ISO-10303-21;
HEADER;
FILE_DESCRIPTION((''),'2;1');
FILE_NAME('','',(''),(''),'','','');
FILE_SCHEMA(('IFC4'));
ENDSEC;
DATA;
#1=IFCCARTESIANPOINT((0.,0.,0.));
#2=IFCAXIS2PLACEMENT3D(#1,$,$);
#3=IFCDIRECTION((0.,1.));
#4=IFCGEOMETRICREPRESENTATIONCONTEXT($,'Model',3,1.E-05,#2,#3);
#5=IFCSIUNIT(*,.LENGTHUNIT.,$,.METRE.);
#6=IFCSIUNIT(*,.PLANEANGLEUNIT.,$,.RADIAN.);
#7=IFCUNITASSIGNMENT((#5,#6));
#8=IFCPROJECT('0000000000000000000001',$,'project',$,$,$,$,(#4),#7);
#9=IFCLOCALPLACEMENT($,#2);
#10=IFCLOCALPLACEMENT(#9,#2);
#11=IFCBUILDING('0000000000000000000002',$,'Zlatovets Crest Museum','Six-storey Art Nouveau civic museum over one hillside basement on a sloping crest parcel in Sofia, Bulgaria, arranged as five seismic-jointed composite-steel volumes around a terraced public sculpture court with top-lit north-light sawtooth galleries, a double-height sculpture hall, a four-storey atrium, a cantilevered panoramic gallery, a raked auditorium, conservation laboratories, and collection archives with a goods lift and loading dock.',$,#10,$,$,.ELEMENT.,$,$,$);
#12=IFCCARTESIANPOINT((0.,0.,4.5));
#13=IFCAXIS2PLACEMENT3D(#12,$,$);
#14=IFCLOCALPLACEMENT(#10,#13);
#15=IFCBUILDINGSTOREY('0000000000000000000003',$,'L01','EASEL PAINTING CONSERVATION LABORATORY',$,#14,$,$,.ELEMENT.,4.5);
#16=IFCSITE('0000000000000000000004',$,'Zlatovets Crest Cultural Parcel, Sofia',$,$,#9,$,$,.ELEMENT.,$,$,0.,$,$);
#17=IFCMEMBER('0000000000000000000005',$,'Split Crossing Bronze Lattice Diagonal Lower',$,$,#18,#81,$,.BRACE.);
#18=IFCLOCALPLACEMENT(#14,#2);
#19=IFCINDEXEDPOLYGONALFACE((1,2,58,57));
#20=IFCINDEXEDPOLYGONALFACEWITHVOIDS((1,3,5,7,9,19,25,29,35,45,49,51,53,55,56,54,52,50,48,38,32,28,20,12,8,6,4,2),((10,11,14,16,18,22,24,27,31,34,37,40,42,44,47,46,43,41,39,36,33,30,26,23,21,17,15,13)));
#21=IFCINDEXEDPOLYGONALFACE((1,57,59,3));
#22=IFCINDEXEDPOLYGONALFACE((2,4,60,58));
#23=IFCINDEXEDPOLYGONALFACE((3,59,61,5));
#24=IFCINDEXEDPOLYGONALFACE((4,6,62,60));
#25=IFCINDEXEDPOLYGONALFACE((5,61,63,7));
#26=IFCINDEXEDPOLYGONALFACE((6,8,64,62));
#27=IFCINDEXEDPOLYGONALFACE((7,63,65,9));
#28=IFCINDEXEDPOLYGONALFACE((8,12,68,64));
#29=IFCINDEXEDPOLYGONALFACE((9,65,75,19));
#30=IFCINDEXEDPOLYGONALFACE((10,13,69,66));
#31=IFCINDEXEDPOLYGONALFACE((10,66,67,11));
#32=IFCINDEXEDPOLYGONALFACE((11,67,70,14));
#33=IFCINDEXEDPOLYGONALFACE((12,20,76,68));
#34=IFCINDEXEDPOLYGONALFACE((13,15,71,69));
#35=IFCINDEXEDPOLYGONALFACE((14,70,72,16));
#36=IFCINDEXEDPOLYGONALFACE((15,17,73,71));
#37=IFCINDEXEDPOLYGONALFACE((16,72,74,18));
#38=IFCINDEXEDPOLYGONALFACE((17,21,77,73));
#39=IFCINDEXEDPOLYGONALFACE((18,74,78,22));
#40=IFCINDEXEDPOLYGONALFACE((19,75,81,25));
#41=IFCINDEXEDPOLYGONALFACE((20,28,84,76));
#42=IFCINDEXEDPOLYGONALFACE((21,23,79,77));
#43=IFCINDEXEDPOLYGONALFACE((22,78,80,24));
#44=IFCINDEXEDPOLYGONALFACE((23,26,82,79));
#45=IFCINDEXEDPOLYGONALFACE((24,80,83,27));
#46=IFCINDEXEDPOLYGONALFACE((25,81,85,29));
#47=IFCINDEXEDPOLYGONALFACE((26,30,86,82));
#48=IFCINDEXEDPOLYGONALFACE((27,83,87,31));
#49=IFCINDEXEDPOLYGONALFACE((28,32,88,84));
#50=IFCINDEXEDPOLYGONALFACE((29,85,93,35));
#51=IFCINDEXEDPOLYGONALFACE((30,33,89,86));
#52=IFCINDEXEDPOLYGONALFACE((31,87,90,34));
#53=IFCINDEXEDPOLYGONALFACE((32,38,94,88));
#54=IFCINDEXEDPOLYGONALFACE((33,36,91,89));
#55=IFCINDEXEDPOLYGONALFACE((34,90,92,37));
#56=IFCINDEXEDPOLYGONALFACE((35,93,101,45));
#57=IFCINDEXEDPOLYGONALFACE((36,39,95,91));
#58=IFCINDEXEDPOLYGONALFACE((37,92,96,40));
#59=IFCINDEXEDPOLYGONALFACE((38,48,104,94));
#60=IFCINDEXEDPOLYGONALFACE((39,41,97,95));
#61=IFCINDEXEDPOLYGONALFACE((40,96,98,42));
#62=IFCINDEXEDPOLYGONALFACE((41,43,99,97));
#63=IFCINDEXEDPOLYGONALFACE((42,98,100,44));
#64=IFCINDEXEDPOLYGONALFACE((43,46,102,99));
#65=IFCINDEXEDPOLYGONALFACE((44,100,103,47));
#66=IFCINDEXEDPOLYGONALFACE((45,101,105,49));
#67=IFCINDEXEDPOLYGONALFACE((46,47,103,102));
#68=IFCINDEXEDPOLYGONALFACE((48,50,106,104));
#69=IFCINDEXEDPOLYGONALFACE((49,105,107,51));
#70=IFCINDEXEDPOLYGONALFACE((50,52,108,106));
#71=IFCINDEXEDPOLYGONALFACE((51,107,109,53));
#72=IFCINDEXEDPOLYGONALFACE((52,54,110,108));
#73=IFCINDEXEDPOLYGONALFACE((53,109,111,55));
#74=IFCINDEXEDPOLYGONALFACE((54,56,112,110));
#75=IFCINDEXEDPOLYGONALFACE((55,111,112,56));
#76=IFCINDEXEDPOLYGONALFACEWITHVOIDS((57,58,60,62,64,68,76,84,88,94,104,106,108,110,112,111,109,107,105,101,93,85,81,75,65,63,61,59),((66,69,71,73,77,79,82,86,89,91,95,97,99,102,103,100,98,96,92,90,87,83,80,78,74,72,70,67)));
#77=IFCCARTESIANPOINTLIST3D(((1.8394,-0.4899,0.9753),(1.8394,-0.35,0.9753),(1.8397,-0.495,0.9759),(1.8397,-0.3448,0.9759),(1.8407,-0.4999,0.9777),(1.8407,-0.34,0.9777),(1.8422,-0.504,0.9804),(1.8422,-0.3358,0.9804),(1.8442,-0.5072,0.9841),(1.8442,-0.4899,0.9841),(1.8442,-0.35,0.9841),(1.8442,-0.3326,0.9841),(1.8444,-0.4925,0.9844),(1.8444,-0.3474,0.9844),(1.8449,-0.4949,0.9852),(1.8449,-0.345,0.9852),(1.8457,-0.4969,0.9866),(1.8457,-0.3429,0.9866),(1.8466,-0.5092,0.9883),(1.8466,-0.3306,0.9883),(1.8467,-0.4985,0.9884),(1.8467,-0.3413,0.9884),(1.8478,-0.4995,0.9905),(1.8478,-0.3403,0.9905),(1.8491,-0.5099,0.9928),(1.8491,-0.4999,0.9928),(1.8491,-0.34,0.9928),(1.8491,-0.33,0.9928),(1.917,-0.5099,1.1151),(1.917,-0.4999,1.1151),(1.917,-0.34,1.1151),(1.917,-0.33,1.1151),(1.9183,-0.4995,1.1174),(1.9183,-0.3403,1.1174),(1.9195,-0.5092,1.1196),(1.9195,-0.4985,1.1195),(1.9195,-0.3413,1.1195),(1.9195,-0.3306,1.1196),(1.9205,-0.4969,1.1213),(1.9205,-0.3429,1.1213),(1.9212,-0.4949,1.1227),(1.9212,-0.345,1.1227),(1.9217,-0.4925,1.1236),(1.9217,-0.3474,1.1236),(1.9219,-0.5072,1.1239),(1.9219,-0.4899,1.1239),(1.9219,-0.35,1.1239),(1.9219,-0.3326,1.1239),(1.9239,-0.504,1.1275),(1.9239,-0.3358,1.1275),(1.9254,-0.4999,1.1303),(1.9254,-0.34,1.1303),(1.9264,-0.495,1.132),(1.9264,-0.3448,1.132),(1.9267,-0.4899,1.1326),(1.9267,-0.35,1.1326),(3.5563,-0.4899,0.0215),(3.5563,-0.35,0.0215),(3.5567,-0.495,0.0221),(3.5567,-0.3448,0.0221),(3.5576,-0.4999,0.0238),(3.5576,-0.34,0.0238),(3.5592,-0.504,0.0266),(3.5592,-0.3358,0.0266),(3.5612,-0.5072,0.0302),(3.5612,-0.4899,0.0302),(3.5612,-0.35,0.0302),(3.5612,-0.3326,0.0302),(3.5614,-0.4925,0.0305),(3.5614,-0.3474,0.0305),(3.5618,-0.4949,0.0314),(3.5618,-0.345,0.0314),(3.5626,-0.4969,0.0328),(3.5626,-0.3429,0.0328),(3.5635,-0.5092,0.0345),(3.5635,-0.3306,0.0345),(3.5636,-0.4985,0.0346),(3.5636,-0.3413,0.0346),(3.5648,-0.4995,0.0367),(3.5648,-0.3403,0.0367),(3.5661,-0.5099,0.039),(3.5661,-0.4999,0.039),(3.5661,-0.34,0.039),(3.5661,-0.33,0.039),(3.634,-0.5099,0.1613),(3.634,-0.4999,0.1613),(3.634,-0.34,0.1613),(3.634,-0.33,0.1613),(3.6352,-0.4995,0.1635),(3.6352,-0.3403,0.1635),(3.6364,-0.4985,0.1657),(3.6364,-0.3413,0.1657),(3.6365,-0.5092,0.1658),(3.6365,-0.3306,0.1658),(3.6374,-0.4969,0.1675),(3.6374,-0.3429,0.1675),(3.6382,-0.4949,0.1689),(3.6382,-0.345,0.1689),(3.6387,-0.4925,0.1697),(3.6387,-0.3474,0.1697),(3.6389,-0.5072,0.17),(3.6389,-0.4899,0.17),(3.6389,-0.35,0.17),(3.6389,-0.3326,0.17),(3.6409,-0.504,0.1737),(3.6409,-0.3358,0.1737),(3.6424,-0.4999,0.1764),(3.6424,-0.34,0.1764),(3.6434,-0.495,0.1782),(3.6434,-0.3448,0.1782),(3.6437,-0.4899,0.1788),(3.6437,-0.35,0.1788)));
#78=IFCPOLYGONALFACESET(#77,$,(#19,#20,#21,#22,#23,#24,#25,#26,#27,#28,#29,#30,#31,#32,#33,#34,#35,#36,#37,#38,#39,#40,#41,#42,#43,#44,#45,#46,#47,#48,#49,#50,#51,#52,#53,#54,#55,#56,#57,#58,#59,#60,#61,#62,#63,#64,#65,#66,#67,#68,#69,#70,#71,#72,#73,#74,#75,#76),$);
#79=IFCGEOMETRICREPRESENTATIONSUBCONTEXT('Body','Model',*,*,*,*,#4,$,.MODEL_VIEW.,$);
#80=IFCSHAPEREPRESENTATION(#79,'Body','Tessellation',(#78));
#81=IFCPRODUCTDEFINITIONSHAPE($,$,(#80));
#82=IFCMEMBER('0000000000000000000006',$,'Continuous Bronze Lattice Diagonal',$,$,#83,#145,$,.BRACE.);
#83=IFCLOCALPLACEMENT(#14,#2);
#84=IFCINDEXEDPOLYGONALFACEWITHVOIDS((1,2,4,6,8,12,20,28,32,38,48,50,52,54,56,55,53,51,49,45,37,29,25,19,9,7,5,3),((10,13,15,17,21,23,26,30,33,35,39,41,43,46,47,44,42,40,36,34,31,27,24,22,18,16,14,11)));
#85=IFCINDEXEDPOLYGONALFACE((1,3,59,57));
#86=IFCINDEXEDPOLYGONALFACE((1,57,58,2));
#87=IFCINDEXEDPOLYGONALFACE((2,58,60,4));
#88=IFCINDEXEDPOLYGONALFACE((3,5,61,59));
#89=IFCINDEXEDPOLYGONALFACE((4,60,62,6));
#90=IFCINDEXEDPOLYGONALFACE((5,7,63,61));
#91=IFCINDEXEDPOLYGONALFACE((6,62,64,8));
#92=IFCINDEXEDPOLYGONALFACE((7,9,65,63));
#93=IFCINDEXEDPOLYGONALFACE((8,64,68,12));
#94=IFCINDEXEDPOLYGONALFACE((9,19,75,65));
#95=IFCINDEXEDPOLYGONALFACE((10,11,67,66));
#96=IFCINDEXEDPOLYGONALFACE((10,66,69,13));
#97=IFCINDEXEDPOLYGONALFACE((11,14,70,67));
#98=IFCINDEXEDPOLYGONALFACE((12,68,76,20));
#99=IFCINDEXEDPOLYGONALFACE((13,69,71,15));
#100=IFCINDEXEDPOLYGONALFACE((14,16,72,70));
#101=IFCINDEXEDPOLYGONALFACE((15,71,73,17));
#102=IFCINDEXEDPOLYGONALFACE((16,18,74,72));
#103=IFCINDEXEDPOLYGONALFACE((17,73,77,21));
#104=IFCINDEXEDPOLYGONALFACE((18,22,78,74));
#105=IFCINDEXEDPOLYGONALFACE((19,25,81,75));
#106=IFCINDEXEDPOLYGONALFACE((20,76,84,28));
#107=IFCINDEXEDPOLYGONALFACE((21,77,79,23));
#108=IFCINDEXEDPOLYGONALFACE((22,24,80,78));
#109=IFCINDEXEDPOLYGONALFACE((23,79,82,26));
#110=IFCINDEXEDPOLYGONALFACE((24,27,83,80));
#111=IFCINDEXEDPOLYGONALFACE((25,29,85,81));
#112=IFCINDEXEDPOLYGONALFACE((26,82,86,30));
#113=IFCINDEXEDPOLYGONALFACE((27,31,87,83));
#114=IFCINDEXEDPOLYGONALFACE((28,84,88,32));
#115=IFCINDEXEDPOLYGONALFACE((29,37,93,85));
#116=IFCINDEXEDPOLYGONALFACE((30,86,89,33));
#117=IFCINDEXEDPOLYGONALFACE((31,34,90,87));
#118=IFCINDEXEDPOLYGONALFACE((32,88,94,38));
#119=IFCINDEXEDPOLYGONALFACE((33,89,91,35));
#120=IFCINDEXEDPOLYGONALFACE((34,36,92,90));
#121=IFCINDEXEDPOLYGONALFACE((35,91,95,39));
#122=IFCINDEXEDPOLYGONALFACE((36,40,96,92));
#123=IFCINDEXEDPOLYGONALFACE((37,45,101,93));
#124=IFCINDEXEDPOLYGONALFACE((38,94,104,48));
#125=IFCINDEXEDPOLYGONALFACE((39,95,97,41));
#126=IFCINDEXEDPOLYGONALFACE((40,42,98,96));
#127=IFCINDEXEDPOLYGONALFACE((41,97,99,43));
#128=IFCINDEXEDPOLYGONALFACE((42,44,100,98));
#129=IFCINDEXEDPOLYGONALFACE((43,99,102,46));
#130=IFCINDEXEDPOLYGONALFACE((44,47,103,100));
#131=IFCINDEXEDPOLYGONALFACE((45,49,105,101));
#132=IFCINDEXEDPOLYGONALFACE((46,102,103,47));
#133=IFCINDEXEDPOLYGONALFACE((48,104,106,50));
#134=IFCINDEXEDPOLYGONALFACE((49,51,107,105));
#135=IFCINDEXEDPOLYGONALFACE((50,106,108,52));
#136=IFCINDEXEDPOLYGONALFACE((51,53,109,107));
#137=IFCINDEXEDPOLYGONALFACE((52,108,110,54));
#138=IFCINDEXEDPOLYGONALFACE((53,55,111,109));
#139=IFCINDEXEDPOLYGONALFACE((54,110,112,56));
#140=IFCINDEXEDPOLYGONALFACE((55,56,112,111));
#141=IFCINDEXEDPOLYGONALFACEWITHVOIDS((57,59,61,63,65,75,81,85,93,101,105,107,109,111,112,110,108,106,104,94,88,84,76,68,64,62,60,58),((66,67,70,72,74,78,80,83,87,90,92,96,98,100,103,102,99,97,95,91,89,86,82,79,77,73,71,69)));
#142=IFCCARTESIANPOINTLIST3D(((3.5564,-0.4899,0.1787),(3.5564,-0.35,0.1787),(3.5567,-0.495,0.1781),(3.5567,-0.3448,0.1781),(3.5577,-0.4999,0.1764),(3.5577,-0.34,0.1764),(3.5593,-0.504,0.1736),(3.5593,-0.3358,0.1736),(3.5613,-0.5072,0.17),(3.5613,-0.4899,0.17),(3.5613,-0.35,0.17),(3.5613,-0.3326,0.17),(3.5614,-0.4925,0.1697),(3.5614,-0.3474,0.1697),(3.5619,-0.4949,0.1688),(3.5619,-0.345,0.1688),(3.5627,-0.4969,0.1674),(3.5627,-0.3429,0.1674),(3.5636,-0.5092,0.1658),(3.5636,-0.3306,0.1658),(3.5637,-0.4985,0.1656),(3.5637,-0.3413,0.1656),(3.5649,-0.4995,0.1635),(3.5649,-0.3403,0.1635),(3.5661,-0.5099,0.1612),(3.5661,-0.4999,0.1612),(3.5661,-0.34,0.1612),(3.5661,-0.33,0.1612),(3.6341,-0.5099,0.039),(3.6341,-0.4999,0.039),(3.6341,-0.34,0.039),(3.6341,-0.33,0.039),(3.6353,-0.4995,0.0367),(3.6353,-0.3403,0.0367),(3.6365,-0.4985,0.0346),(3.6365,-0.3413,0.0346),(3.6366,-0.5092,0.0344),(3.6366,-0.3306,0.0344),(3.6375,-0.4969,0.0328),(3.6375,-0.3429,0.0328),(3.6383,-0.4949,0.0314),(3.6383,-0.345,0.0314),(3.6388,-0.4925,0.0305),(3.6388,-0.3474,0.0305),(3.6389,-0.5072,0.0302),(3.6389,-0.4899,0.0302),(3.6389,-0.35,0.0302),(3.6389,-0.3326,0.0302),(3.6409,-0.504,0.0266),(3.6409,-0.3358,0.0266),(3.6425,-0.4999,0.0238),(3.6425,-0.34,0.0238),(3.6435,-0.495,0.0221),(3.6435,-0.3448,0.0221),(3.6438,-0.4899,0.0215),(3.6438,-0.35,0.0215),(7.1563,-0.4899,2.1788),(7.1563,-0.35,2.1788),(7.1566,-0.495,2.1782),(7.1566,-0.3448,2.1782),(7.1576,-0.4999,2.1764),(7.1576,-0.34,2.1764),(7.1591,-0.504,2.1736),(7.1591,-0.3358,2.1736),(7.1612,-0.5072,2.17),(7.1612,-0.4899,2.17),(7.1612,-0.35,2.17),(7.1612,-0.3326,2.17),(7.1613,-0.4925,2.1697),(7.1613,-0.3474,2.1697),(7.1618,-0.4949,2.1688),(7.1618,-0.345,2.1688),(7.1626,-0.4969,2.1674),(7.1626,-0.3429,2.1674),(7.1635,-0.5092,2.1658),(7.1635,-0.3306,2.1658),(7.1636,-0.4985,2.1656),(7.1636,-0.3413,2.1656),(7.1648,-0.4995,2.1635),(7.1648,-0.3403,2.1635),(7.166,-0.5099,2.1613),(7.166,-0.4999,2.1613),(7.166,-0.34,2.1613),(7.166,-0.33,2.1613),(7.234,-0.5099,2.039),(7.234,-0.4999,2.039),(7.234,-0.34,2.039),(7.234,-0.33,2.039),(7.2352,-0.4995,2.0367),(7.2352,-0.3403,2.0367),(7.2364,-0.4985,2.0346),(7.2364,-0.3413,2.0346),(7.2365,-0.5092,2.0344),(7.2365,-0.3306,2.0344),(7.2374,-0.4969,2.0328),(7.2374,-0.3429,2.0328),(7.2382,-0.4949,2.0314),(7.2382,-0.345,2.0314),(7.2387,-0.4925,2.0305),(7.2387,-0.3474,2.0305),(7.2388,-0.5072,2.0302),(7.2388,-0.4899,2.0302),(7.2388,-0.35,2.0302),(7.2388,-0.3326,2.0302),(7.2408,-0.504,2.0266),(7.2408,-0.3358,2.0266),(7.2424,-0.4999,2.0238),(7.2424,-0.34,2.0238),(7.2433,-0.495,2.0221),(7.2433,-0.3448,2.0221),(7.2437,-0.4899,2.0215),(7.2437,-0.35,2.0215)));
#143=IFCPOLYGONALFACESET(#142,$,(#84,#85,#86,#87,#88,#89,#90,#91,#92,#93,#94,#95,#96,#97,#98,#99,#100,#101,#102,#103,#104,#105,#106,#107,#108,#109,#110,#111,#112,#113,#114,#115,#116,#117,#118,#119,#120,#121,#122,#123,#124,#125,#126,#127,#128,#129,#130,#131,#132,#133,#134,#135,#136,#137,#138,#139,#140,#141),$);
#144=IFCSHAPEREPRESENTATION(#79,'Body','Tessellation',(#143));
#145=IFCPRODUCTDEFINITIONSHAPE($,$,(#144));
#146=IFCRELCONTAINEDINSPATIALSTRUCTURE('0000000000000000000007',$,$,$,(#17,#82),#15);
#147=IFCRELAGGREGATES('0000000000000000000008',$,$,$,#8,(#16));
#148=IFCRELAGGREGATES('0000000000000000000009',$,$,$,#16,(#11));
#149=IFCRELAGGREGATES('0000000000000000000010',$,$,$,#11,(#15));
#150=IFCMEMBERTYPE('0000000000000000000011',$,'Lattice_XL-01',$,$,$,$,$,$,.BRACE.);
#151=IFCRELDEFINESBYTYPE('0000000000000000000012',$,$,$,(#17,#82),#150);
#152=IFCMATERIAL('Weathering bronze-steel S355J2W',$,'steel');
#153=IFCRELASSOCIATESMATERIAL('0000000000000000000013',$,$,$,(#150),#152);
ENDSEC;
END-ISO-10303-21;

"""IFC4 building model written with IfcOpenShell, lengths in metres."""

from ifc_helpers import new_model, si_unit, direction, frame, origin, origin_2d, place, context, subcontext, project, spatial, hollow_rectangle, extrude, material, material_profile, profile_set, type_object, element, save


model = new_model("IFC4")

# Units and contexts
model_context = context("Model", 3, precision=1e-05, world=origin(), true_north=direction((0.0, 1.0)))
body_context = subcontext(model_context, "Body", "Model", "MODEL_VIEW")
ifc_project = project(units=[si_unit("LENGTHUNIT", "METRE"), si_unit("PLANEANGLEUNIT", "RADIAN")], contexts=[model_context])

# Site, building, storey
site_placement = place(None, origin())
site = spatial("IfcSite", under=ifc_project, at=site_placement, Name="Zlatovets Crest Cultural Parcel, Sofia", CompositionType="ELEMENT", RefElevation=0.0)
building_placement = place(site_placement, origin())
building = spatial("IfcBuilding", under=site, at=building_placement, Name="Zlatovets Crest Museum", Description="Six-storey Art Nouveau civic museum over one hillside basement on a sloping crest parcel in Sofia, Bulgaria, arranged as five seismic-jointed composite-steel volumes around a terraced public sculpture court with top-lit north-light sawtooth galleries, a double-height sculpture hall, a four-storey atrium, a cantilevered panoramic gallery, a raked auditorium, conservation laboratories, and collection archives with a goods lift and loading dock.", CompositionType="ELEMENT")
storey_placement = place(building_placement, frame((0.0, 0.0, 4.5)))
storey = spatial("IfcBuildingStorey", under=building, at=storey_placement, Name="L01", Description="EASEL PAINTING CONSERVATION LABORATORY", CompositionType="ELEMENT", Elevation=4.5)

# Members
ifc_material_1 = material(Name="Weathering bronze-steel S355J2W", Category="steel")
ifc_material_profile_1 = material_profile(ifc_material_1, hollow_rectangle(XDim=0.1799, YDim=0.1799, WallThickness=0.01, InnerFilletRadius=0.01, OuterFilletRadius=0.02, at=origin_2d()), Name="SHS 180x180x10.0")
ifc_profile_set_1 = profile_set([ifc_material_profile_1], Name="Weathering bronze-steel S355J2W")
member_type_1 = type_object("IfcMemberType", Name="Lattice_XL-01", PredefinedType="BRACE", material=ifc_profile_set_1)
member_1_placement = place(storey_placement, frame((1.8831, -0.4199, 1.054), z_axis=(0.874169, 0.0, -0.485622), x_axis=(0.0, 1.0, 0.0)))
element("IfcMember", 1, at=member_1_placement, inside=storey, type_object=member_type_1, Name="Split Crossing Bronze Lattice Diagonal Lower", PredefinedType="BRACE", context=body_context, shape_type="SweptSolid", body=[
    extrude(hollow_rectangle(XDim=0.1799, YDim=0.1799, WallThickness=0.01, InnerFilletRadius=0.01, OuterFilletRadius=0.02, at=origin_2d()), origin(), (0.0, 0.0, 1.0), 1.9641),
])
member_2_placement = place(storey_placement, frame((3.6001, -0.4199, 0.1001), z_axis=(0.874149, 0.0, 0.485658), x_axis=(0.0, 1.0, 0.0)))
element("IfcMember", 2, at=member_2_placement, inside=storey, type_object=member_type_1, Name="Continuous Bronze Lattice Diagonal", PredefinedType="BRACE", context=body_context, shape_type="SweptSolid", body=[
    extrude(hollow_rectangle(XDim=0.1799, YDim=0.1799, WallThickness=0.01, InnerFilletRadius=0.01, OuterFilletRadius=0.02, at=origin_2d()), origin(), (0.0, 0.0, 1.0), 4.1182),
])

save(model, "model.ifc")
